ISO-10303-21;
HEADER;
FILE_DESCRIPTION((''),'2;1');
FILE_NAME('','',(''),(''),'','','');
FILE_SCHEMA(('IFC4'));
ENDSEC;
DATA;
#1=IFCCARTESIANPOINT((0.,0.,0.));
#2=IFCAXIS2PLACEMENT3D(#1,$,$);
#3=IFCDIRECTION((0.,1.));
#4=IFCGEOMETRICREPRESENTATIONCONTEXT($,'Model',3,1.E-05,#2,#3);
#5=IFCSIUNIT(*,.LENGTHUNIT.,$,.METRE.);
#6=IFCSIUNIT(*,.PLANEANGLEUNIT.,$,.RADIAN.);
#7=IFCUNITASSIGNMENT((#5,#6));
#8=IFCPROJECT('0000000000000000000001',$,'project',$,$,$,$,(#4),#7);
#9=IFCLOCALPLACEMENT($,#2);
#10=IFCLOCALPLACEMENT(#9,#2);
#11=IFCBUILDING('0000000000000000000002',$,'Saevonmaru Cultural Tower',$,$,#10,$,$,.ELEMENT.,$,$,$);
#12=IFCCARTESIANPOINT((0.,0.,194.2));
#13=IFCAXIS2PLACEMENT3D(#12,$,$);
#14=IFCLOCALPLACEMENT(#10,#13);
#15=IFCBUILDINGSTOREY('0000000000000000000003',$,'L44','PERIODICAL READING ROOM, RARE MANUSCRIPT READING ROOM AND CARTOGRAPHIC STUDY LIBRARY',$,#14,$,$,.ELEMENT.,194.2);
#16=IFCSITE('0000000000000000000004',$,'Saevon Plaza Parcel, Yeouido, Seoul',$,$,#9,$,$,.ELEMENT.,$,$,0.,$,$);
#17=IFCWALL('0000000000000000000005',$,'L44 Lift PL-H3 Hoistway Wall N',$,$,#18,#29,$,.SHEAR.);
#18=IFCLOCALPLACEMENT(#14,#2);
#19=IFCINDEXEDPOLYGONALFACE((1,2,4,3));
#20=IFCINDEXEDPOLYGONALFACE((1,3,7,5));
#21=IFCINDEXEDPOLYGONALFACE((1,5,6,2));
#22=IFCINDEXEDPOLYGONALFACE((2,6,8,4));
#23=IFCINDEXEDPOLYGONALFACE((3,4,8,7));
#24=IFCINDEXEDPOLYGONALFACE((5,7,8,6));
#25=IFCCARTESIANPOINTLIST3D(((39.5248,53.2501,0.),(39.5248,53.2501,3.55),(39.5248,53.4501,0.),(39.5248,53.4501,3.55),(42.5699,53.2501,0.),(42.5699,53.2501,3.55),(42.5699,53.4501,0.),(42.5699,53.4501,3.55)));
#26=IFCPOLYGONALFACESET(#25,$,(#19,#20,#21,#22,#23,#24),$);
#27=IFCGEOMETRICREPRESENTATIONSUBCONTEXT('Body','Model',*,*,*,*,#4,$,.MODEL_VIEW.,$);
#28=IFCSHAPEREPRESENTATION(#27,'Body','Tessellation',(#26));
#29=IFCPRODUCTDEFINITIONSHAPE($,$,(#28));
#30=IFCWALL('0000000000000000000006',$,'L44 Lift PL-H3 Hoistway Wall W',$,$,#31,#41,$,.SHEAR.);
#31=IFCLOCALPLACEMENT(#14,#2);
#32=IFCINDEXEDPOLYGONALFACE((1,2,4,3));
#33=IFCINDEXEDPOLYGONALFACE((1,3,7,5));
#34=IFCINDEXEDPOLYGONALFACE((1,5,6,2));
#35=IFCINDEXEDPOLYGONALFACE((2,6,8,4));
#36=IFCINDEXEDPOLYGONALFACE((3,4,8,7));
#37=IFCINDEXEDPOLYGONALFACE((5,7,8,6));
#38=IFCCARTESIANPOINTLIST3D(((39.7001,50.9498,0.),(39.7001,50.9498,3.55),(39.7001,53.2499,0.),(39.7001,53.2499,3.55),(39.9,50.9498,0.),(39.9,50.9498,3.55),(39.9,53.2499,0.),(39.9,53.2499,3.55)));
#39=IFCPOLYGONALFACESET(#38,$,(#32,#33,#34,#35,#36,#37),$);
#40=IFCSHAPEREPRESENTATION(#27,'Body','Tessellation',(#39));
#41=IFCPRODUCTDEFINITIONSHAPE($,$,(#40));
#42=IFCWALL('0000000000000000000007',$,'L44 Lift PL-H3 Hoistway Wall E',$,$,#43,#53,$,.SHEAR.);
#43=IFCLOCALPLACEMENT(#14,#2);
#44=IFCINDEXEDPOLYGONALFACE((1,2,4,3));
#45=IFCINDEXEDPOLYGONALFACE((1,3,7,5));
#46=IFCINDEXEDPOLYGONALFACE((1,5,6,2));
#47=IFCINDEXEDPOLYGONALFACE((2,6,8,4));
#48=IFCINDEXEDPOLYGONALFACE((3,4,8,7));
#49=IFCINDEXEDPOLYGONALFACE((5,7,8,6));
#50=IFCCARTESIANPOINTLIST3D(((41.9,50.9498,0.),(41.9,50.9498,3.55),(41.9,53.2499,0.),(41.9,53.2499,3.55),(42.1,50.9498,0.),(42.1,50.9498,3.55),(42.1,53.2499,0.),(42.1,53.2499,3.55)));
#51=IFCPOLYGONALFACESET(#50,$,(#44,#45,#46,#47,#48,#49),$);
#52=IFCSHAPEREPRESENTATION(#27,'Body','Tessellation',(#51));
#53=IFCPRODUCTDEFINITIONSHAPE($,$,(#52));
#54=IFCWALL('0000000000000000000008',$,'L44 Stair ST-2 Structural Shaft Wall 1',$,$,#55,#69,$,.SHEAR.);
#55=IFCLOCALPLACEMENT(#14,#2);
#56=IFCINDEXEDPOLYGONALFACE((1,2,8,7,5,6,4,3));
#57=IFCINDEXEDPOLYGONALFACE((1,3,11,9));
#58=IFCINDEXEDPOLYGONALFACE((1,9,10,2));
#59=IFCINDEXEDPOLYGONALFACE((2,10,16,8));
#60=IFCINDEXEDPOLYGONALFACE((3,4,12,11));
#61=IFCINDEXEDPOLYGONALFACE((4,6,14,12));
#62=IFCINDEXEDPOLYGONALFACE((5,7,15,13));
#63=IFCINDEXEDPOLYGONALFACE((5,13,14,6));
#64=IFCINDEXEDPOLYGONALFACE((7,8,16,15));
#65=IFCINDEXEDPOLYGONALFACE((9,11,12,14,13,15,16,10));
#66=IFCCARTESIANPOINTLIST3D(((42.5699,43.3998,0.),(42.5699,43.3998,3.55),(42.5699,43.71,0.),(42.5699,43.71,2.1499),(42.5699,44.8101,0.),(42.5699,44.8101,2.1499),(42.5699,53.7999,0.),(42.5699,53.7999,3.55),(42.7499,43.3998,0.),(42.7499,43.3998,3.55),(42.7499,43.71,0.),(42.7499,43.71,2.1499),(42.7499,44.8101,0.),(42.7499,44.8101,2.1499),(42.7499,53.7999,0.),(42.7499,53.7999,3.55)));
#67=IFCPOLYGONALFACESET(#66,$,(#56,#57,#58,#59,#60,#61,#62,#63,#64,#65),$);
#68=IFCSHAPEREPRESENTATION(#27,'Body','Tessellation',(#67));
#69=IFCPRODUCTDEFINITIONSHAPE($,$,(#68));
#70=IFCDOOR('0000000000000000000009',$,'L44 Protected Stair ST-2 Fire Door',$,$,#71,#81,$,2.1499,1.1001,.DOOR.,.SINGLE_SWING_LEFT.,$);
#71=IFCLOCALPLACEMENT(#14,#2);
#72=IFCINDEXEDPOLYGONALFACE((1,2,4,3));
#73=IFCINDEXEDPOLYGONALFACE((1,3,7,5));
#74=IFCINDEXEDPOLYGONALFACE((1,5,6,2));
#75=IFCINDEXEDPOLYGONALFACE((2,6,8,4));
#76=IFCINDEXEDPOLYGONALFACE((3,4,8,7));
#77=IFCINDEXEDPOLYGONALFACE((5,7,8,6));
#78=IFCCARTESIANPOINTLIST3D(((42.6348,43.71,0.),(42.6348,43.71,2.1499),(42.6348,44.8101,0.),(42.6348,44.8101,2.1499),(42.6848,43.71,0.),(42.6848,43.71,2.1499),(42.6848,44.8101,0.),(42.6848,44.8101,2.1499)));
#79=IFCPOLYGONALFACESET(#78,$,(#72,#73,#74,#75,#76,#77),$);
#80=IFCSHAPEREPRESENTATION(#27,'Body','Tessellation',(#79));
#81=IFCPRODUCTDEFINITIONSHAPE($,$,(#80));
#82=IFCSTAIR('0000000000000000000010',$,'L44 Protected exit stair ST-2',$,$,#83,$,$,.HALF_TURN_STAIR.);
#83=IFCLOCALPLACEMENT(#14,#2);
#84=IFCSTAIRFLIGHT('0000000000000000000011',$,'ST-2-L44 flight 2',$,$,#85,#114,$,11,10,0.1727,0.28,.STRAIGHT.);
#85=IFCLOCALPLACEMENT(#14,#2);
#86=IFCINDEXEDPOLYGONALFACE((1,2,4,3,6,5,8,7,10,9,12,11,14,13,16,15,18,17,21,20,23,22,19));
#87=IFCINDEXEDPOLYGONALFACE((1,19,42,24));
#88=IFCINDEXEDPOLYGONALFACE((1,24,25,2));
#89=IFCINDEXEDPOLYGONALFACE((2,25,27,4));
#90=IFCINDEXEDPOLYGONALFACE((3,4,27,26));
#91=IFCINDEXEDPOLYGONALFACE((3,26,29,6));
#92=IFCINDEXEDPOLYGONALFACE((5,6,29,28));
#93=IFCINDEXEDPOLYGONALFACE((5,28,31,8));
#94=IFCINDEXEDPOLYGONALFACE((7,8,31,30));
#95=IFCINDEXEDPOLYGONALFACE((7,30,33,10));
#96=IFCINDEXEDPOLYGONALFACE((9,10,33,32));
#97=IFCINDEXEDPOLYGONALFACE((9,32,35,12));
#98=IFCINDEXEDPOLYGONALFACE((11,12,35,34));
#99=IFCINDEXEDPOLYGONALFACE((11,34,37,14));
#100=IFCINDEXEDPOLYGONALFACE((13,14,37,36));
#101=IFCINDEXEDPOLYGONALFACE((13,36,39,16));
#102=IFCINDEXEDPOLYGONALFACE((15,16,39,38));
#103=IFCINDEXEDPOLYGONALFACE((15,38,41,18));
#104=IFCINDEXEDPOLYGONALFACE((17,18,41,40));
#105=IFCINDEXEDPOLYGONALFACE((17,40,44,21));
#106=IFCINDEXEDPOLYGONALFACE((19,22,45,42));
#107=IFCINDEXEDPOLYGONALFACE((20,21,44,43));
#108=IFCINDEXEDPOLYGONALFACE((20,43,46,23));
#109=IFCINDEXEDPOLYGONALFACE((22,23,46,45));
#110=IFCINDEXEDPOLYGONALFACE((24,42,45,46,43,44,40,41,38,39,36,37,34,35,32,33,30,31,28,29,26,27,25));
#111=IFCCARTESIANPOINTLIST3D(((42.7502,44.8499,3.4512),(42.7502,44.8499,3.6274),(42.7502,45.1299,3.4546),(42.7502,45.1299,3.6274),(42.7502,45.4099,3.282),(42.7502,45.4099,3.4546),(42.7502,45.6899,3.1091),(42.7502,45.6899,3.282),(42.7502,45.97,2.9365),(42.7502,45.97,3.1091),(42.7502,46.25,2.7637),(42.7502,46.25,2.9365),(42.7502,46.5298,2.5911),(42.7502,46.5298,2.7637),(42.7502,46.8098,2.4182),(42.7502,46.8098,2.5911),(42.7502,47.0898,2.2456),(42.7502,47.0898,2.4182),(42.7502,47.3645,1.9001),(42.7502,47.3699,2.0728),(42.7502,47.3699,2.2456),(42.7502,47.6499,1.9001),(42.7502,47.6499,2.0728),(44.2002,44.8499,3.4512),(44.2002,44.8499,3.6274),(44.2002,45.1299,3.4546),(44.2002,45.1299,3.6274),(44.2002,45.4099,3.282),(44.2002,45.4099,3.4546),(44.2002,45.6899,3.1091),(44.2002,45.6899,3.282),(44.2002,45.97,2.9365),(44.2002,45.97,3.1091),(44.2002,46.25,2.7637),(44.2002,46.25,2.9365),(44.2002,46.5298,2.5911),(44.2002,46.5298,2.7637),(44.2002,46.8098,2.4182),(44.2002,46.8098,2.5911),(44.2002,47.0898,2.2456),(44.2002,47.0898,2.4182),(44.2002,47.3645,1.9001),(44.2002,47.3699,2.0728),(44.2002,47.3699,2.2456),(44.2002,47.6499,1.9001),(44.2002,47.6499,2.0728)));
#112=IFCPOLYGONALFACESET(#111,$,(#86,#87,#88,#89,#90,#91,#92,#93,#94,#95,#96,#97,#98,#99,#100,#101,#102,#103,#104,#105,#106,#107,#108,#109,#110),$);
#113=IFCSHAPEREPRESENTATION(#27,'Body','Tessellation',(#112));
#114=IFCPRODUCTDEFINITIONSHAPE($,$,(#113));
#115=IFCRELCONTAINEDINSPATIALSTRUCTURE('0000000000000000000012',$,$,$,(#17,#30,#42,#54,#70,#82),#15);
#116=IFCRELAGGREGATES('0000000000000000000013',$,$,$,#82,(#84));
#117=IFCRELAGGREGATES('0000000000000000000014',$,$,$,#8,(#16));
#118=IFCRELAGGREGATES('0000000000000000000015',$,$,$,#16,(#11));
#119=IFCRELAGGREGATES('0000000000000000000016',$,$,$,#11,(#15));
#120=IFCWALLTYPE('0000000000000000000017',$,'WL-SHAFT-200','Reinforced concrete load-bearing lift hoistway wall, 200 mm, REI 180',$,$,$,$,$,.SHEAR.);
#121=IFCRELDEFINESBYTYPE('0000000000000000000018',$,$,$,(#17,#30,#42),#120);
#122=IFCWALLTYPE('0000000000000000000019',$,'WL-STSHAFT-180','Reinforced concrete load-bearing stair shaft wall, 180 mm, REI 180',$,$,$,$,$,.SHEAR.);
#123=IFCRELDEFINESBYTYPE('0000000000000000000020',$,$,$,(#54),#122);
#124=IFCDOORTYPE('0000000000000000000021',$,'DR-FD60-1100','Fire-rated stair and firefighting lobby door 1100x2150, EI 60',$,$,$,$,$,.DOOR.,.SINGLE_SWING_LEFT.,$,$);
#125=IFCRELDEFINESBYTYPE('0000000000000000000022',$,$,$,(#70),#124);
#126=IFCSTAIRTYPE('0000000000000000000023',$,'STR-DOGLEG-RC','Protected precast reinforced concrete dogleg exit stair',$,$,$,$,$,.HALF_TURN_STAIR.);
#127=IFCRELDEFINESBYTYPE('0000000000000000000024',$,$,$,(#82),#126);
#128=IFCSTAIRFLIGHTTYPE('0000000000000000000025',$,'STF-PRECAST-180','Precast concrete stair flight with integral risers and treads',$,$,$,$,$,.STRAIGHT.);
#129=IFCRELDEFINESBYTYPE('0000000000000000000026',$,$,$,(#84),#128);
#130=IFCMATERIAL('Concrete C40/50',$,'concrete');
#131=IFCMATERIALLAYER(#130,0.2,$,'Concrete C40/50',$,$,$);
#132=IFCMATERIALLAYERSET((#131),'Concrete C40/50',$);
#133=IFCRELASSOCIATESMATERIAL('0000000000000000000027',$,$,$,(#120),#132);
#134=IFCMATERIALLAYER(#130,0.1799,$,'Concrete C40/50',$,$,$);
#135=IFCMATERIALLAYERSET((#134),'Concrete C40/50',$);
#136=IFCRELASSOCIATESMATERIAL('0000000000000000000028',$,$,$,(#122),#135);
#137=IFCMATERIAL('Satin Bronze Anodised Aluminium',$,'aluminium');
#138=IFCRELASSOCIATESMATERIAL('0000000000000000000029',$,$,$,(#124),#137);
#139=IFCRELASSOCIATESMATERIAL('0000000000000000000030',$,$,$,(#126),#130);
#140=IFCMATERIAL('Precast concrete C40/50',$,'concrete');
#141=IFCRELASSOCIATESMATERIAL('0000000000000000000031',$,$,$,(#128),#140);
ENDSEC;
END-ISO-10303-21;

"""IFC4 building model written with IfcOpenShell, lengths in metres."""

from ifc_helpers import new_model, si_unit, direction, frame, frame_2d, origin, place, context, subcontext, project, spatial, polyline, rectangle, outline, extrude, material, layer, layer_set, type_object, element, fill, aggregate, save


model = new_model("IFC4")

# Units and contexts
model_context = context("Model", 3, precision=1e-05, world=origin(), true_north=direction((0.0, 1.0)))
body_context = subcontext(model_context, "Body", "Model", "MODEL_VIEW")
ifc_project = project(units=[si_unit("LENGTHUNIT", "METRE"), si_unit("PLANEANGLEUNIT", "RADIAN")], contexts=[model_context])

# Site, building, storey
site_placement = place(None, origin())
site = spatial("IfcSite", under=ifc_project, at=site_placement, Name="Saevon Plaza Parcel, Yeouido, Seoul", CompositionType="ELEMENT", RefElevation=0.0)
building_placement = place(site_placement, origin())
building = spatial("IfcBuilding", under=site, at=building_placement, Name="Saevonmaru Cultural Tower", CompositionType="ELEMENT")
storey_placement = place(building_placement, frame((0.0, 0.0, 194.2)))
storey = spatial("IfcBuildingStorey", under=building, at=storey_placement, Name="L44", Description="PERIODICAL READING ROOM, RARE MANUSCRIPT READING ROOM AND CARTOGRAPHIC STUDY LIBRARY", CompositionType="ELEMENT", Elevation=194.2)

# Shared definitions
ifc_material_1 = material(Name="Satin Bronze Anodised Aluminium", Category="aluminium")

# Walls
ifc_material_2 = material(Name="Concrete C40/50", Category="concrete")
ifc_layer_1 = layer(ifc_material_2, 0.2, Name="Concrete C40/50")
ifc_layer_set_1 = layer_set([ifc_layer_1], Name="Concrete C40/50")
wall_type_1 = type_object("IfcWallType", Name="WL-SHAFT-200", Description="Reinforced concrete load-bearing lift hoistway wall, 200 mm, REI 180", PredefinedType="SHEAR", material=ifc_layer_set_1)
for number, where, z_axis, x_axis, name in (
    (1, (39.5249, 53.3501, 0.0), (0.0, 0.0, 1.0), (1.0, 0.0, 0.0), "L44 Lift PL-H3 Hoistway Wall N"),
):
    element("IfcWall", number, at=place(storey_placement, frame(where, z_axis=z_axis, x_axis=x_axis)), inside=storey, type_object=wall_type_1, Name=name, PredefinedType="SHEAR", context=body_context, shape_type="SweptSolid", body=[
        extrude(rectangle(XDim=3.0452, YDim=0.2, at=frame_2d((1.5225, 0.0))), origin(), (0.0, 0.0, 1.0), 3.55),
    ])
for number, where, z_axis, x_axis, name in (
    (2, (39.8, 50.95, 0.0), (0.0, 0.0, 1.0), (0.0, 1.0, 0.0), "L44 Lift PL-H3 Hoistway Wall W"),
    (3, (42.0, 50.95, 0.0), (0.0, 0.0, 1.0), (0.0, 1.0, 0.0), "L44 Lift PL-H3 Hoistway Wall E"),
):
    element("IfcWall", number, at=place(storey_placement, frame(where, z_axis=z_axis, x_axis=x_axis)), inside=storey, type_object=wall_type_1, Name=name, PredefinedType="SHEAR", context=body_context, shape_type="SweptSolid", body=[
        extrude(rectangle(XDim=2.3, YDim=0.2, at=frame_2d((1.1499, 0.0))), origin(), (0.0, 0.0, 1.0), 3.55),
    ])

# Wall, opening, door
ifc_layer_2 = layer(ifc_material_2, 0.1799, Name="Concrete C40/50")
ifc_layer_set_2 = layer_set([ifc_layer_2], Name="Concrete C40/50")
wall_type_2 = type_object("IfcWallType", Name="WL-STSHAFT-180", Description="Reinforced concrete load-bearing stair shaft wall, 180 mm, REI 180", PredefinedType="SHEAR", material=ifc_layer_set_2)
wall_1_placement = place(storey_placement, frame((42.6599, 53.8, 0.0), z_axis=(0.0, 0.0, 1.0), x_axis=(0.0, -1.0, 0.0)))
wall_1 = element("IfcWall", 4, at=wall_1_placement, inside=storey, type_object=wall_type_2, Name="L44 Stair ST-2 Structural Shaft Wall 1", PredefinedType="SHEAR", context=body_context, shape_type="SweptSolid", body=[
    extrude(rectangle(XDim=10.4001, YDim=0.1799, at=frame_2d((5.2002, 0.0))), origin(), (0.0, 0.0, 1.0), 3.55),
])
opening_1_placement = place(wall_1_placement, frame((8.99, 0.0, 0.0)))
opening_1 = element("IfcOpeningElement", 5, at=opening_1_placement, cuts=wall_1, PredefinedType="OPENING", context=body_context, shape_type="SweptSolid", body=[
    extrude(rectangle(XDim=1.1001, YDim=2.1499, at=frame_2d((0.55, 1.075))), frame((0.0, 0.1001, 0.0), z_axis=(0.0, -1.0, 0.0), x_axis=(1.0, 0.0, 0.0)), (0.0, 0.0, 1.0), 0.2),
])
door_type_1 = type_object("IfcDoorType", Name="DR-FD60-1100", Description="Fire-rated stair and firefighting lobby door 1100x2150, EI 60", OperationType="SINGLE_SWING_LEFT", PredefinedType="DOOR", material=ifc_material_1)
door_1_placement = place(opening_1_placement, origin())
door_1 = element("IfcDoor", 6, at=door_1_placement, inside=storey, type_object=door_type_1, Name="L44 Protected Stair ST-2 Fire Door", OperationType="SINGLE_SWING_LEFT", OverallHeight=2.1499, OverallWidth=1.1001, PredefinedType="DOOR", context=body_context, shape_type="SweptSolid", body=[
    extrude(rectangle(XDim=1.1001, YDim=2.1499, at=frame_2d((0.55, 1.075))), frame((0.0, 0.0249, 0.0), z_axis=(0.0, -1.0, 0.0), x_axis=(1.0, 0.0, 0.0)), (0.0, 0.0, 1.0), 0.05),
])
fill(opening_1, door_1)

# Stair, stair flight
stair_type = type_object("IfcStairType", Name="STR-DOGLEG-RC", Description="Protected precast reinforced concrete dogleg exit stair", PredefinedType="HALF_TURN_STAIR", material=ifc_material_2)
stair_placement = place(storey_placement, origin())
stair = element("IfcStair", 7, at=stair_placement, inside=storey, type_object=stair_type, Name="L44 Protected exit stair ST-2", PredefinedType="HALF_TURN_STAIR")
ifc_material_3 = material(Name="Precast concrete C40/50", Category="concrete")
stair_flight_type = type_object("IfcStairFlightType", Name="STF-PRECAST-180", Description="Precast concrete stair flight with integral risers and treads", PredefinedType="STRAIGHT", material=ifc_material_3)
stair_flight_placement = place(storey_placement, frame((43.4751, 47.6499, 1.9001), z_axis=(0.0, 0.0, 1.0), x_axis=(0.0, -1.0, 0.0)))
stair_flight = element("IfcStairFlight", 8, at=stair_flight_placement, type_object=stair_flight_type, Name="ST-2-L44 flight 2", NumberOfRisers=11, NumberOfTreads=10, PredefinedType="STRAIGHT", RiserHeight=0.1727, TreadLength=0.28, context=body_context, shape_type="SweptSolid", body=[
    extrude(outline(polyline([(0.0, 0.0), (0.0, 0.1726), (0.28, 0.1726), (0.28, 0.3455), (0.5601, 0.3455), (0.5601, 0.5181), (0.8401, 0.5181), (0.8401, 0.6909), (1.1201, 0.6909), (1.1201, 0.8635), (1.3999, 0.8635), (1.3999, 1.0364), (1.6799, 1.0364), (1.6799, 1.209), (1.96, 1.209), (1.96, 1.3818), (2.24, 1.3818), (2.24, 1.5544), (2.52, 1.5544), (2.52, 1.7273), (2.8, 1.7273), (2.8, 1.8999), (2.8, 1.551), (0.2854, 0.0), (0.0, 0.0)])), frame((0.0, 0.7251, 0.0), z_axis=(0.0, -1.0, 0.0), x_axis=(1.0, 0.0, 0.0)), (0.0, 0.0, 1.0), 1.45),
])
aggregate(stair, [stair_flight])

save(model, "model.ifc")
